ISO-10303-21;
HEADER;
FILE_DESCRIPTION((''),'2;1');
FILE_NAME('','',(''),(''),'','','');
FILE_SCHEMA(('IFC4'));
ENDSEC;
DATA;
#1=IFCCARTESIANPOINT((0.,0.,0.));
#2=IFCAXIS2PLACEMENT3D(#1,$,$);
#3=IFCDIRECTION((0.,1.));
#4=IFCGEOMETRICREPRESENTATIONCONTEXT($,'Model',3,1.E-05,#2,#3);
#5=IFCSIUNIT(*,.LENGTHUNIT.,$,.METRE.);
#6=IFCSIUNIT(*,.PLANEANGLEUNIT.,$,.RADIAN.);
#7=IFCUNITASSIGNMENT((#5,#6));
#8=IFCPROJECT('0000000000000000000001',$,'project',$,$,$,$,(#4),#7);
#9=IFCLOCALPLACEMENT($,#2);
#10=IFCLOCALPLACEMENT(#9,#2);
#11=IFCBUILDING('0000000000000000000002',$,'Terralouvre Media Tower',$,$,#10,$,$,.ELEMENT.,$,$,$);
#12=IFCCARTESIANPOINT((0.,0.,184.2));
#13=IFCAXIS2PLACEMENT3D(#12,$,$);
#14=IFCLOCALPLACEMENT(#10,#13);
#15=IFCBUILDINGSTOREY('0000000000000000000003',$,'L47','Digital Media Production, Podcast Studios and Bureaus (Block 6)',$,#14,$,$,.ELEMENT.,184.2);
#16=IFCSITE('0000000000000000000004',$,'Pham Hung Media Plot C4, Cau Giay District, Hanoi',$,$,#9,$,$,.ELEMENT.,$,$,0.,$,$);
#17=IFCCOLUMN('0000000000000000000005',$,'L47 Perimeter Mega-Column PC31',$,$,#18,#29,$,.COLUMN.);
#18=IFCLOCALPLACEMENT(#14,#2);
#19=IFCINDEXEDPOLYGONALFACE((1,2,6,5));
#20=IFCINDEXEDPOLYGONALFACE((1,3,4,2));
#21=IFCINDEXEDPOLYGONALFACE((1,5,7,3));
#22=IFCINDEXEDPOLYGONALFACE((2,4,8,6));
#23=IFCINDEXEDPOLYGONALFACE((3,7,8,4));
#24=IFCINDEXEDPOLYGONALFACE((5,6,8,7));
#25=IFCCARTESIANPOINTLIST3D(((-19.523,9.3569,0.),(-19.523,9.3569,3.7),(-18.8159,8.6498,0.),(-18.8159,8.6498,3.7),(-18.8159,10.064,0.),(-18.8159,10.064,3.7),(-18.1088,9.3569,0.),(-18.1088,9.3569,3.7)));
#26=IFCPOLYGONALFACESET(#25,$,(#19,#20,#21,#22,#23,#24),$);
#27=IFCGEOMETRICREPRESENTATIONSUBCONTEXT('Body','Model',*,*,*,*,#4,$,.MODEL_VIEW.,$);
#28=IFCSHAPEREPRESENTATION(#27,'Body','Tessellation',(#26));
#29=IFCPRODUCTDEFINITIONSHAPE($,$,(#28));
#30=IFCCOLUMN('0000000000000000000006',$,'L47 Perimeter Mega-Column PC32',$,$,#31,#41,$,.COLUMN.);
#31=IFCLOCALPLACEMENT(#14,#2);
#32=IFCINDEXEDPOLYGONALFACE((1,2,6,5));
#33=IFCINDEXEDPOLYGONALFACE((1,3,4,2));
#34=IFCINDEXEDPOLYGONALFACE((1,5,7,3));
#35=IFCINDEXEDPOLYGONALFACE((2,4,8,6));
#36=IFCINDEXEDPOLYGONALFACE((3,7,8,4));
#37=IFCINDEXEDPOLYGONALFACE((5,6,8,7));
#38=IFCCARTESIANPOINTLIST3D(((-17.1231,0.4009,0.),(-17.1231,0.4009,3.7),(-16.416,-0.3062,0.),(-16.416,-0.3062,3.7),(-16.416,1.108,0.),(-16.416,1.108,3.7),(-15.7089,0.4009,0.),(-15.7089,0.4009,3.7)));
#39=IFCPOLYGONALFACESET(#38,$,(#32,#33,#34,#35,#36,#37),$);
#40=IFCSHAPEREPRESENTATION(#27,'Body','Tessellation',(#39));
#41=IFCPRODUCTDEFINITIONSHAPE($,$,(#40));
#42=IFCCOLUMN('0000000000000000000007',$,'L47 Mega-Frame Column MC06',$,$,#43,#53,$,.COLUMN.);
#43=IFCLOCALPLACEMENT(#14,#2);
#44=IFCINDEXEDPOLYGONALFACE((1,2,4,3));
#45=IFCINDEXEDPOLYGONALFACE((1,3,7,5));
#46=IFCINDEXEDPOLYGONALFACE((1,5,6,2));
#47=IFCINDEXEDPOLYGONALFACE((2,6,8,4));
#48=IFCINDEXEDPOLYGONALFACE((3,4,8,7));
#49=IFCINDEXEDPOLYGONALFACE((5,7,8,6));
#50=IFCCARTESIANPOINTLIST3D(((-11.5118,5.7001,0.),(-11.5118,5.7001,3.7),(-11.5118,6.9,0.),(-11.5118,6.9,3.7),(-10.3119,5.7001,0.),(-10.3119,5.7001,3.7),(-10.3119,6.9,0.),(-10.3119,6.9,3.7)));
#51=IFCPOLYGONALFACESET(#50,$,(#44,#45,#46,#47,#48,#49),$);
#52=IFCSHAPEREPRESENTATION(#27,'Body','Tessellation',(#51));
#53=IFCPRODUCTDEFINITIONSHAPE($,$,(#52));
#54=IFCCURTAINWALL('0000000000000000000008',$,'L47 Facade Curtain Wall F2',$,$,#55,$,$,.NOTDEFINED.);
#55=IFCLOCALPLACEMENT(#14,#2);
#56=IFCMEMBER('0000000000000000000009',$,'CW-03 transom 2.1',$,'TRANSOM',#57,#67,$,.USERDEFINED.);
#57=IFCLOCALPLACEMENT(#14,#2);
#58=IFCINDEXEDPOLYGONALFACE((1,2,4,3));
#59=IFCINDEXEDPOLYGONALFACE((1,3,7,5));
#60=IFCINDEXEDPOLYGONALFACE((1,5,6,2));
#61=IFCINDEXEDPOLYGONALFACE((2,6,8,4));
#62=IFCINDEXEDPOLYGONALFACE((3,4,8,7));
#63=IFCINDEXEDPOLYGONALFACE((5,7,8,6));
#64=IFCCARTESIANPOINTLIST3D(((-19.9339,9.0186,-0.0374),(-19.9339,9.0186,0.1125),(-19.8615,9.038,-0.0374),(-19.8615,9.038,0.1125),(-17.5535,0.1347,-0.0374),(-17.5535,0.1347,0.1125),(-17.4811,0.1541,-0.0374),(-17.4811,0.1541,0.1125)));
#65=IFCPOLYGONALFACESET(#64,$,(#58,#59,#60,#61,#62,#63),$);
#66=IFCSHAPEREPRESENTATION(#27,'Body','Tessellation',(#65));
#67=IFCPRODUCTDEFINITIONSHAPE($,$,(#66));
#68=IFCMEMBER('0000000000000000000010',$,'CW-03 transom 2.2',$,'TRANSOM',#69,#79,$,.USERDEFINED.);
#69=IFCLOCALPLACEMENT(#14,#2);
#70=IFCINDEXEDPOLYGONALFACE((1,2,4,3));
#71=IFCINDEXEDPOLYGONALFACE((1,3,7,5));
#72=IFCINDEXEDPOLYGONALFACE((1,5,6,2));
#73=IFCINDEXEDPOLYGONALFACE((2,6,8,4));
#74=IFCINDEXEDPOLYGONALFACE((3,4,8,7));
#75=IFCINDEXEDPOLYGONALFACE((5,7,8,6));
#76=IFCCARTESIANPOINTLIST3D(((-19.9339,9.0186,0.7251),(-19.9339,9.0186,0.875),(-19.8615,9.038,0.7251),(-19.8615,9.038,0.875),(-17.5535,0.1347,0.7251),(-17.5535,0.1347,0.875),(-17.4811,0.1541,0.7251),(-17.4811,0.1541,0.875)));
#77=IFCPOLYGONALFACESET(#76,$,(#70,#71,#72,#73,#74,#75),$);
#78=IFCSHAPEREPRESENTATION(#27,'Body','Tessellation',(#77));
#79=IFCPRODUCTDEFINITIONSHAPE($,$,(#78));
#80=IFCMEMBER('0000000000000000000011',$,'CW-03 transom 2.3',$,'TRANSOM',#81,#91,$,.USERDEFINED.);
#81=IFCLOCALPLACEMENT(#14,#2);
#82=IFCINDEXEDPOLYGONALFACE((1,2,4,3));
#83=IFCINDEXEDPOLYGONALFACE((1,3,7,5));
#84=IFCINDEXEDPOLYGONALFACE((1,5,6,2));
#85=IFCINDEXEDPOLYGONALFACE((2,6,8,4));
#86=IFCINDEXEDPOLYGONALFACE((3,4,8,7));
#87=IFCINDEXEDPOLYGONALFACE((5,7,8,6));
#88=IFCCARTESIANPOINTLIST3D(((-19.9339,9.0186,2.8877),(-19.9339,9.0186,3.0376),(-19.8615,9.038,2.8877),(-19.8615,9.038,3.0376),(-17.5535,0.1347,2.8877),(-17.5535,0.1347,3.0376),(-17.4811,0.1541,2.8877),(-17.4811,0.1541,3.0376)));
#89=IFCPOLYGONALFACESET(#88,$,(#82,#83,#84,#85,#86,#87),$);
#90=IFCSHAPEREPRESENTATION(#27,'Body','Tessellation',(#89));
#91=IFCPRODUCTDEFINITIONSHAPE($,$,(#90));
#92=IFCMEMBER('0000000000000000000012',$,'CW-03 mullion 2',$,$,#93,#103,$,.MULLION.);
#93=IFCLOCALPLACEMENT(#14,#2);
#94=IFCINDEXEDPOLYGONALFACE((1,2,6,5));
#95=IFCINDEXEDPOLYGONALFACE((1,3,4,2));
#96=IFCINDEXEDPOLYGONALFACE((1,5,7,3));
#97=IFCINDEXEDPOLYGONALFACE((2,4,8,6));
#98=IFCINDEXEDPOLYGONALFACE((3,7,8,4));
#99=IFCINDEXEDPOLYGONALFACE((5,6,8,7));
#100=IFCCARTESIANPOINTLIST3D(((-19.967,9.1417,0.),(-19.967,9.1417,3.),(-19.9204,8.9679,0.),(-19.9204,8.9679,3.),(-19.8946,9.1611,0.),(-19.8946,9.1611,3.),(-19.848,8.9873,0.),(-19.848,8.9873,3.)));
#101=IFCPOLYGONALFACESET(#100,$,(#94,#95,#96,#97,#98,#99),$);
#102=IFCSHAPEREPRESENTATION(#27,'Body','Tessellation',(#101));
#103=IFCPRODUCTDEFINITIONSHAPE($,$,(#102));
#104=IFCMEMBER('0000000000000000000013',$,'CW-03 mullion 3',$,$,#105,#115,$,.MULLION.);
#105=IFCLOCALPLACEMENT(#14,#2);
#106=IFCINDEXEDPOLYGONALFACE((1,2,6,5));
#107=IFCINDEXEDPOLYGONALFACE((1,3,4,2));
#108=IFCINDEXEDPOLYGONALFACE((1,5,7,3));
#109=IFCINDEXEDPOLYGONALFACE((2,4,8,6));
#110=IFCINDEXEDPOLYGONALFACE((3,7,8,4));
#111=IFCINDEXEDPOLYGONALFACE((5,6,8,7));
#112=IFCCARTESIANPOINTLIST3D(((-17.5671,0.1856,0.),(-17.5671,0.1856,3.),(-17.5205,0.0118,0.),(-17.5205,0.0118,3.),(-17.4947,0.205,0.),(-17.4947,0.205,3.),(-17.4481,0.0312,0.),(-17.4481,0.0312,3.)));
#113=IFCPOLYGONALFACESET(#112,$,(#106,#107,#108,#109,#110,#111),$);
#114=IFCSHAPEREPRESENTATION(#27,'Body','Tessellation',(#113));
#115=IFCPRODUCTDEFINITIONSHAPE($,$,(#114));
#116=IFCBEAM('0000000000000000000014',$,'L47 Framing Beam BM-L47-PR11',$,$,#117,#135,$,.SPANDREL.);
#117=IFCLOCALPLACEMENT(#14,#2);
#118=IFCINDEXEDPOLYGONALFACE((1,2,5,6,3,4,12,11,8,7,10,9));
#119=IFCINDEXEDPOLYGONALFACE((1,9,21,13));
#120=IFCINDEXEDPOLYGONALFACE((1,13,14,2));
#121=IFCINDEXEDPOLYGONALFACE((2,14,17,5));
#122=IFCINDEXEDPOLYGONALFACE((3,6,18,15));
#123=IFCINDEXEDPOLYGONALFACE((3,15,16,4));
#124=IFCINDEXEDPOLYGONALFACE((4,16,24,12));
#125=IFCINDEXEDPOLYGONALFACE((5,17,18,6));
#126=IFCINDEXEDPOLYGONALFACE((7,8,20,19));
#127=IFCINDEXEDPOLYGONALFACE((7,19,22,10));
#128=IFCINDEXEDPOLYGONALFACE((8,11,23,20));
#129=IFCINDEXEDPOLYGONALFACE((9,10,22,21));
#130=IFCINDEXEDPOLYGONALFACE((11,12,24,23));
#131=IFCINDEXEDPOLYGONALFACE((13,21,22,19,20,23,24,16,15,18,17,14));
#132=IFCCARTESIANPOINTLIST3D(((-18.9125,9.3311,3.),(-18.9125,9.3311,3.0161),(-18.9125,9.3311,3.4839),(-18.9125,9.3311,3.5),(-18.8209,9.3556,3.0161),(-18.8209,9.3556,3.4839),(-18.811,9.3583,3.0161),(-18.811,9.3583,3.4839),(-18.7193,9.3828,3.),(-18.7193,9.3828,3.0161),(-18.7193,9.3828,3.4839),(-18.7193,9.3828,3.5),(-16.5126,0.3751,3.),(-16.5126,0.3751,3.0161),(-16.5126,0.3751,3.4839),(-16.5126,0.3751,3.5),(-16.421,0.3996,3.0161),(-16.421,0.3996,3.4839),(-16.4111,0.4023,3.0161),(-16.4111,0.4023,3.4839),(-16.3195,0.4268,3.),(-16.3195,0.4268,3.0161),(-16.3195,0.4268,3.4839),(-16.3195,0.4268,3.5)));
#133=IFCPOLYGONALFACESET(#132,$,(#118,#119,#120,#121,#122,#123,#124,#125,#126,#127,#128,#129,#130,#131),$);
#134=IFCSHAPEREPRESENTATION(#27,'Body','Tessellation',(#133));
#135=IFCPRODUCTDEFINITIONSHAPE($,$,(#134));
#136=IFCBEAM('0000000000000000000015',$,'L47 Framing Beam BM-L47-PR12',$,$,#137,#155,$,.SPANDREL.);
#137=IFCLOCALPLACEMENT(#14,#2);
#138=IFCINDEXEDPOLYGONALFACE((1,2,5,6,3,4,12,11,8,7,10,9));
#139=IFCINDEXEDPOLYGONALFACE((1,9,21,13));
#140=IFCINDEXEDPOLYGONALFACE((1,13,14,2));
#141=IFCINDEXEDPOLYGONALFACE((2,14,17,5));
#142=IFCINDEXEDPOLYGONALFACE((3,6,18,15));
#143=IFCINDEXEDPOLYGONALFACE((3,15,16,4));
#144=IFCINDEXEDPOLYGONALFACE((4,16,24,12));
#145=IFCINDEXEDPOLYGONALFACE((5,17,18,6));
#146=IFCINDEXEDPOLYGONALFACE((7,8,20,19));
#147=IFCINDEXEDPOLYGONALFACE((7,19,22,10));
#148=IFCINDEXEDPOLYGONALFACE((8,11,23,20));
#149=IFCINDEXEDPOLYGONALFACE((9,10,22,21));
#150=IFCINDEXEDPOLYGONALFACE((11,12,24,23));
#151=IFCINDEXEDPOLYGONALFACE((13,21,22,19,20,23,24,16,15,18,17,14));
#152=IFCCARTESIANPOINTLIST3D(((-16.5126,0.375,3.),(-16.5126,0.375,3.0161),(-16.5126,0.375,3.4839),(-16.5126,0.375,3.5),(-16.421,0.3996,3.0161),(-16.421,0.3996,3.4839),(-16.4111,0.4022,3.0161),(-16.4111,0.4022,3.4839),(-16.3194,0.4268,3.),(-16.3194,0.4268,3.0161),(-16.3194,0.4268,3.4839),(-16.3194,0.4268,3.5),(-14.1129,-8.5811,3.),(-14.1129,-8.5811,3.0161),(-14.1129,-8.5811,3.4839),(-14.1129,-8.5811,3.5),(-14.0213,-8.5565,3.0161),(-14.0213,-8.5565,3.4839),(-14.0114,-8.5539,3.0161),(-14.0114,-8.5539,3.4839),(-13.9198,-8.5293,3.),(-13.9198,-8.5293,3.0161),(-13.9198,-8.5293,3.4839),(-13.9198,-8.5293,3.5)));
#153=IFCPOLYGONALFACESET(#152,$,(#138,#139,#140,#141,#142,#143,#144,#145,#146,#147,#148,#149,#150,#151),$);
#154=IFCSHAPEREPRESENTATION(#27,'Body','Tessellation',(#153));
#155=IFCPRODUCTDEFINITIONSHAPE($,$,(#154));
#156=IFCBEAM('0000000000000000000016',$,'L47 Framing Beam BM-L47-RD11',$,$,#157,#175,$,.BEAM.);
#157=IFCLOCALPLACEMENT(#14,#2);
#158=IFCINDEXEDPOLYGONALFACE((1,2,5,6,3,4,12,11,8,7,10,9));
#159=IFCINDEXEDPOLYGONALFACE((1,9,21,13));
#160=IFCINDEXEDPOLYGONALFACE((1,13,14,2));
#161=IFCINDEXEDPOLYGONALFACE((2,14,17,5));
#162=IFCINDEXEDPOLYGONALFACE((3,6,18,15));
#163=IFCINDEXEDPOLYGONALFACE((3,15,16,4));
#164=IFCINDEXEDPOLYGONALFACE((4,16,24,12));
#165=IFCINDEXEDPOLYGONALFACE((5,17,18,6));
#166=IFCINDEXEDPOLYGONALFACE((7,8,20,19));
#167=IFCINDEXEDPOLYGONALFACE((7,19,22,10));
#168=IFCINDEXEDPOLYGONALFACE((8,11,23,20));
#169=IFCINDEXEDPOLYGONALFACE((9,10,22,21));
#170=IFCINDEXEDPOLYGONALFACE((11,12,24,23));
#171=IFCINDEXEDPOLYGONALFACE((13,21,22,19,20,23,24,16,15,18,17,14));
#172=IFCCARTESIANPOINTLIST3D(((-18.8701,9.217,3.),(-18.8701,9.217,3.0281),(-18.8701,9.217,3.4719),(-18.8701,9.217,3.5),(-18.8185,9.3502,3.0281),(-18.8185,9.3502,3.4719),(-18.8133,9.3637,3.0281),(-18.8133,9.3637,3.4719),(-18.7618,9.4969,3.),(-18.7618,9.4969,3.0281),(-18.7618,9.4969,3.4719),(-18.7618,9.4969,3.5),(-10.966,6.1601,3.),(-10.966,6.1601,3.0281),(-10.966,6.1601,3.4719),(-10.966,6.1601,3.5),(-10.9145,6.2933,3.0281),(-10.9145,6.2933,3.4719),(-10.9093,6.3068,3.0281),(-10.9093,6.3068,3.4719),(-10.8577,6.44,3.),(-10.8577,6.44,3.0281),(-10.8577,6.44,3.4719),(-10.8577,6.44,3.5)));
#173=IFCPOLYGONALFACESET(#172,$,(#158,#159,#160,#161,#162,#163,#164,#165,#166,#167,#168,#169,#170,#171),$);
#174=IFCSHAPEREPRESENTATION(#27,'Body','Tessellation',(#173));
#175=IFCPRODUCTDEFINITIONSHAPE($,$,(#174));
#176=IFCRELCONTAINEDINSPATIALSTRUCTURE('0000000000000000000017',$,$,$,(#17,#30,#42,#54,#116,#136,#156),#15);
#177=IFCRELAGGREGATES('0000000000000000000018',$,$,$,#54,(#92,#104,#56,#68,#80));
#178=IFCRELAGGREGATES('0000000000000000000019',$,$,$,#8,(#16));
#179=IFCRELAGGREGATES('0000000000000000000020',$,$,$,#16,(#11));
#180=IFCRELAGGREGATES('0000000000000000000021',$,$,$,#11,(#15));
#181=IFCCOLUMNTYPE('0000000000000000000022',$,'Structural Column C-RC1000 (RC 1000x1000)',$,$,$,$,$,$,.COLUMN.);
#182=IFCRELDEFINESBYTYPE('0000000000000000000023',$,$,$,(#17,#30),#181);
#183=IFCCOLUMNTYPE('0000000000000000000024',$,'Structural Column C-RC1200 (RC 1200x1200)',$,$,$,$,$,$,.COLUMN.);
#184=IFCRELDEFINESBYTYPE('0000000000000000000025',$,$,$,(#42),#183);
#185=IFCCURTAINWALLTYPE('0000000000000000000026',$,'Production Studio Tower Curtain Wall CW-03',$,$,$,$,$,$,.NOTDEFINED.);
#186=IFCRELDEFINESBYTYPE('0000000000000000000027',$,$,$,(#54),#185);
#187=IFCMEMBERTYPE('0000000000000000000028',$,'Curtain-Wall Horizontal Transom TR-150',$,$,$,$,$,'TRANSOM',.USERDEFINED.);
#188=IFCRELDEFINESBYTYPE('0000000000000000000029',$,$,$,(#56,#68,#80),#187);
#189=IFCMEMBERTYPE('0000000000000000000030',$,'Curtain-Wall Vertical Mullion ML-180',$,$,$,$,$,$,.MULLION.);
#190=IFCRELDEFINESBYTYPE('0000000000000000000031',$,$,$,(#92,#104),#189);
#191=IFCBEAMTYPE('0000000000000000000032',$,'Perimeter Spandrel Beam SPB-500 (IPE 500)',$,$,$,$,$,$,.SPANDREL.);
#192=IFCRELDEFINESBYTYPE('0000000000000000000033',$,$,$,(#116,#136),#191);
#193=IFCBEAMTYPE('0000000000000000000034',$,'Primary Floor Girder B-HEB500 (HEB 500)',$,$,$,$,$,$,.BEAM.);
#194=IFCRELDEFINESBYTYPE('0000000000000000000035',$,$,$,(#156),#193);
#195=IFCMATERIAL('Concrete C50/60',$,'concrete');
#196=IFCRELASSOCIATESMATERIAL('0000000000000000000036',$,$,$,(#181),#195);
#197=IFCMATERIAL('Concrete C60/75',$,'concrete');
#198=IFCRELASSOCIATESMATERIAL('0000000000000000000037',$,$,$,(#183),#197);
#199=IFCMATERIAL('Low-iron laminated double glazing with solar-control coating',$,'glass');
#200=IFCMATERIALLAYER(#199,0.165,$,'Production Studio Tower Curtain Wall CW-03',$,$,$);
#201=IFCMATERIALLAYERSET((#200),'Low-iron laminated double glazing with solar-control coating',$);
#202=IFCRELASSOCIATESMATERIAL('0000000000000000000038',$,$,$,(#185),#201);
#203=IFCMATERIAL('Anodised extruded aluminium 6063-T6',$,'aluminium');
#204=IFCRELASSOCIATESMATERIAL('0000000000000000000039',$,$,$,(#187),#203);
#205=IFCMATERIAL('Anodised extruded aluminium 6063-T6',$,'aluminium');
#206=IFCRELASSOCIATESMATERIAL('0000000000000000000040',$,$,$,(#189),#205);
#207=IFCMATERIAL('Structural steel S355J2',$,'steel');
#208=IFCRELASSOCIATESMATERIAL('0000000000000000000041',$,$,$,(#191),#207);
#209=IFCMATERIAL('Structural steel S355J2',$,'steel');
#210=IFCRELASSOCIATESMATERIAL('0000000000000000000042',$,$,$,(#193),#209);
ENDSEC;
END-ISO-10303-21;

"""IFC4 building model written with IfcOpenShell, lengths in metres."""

from ifc_helpers import new_model, si_unit, direction, frame, origin, origin_2d, place, context, subcontext, project, spatial, rectangle, i_section, extrude, material, layer, layer_set, material_profile, profile_set, type_object, element, aggregate, save


model = new_model("IFC4")

# Units and contexts
model_context = context("Model", 3, precision=1e-05, world=origin(), true_north=direction((0.0, 1.0)))
body_context = subcontext(model_context, "Body", "Model", "MODEL_VIEW")
ifc_project = project(units=[si_unit("LENGTHUNIT", "METRE"), si_unit("PLANEANGLEUNIT", "RADIAN")], contexts=[model_context])

# Site, building, storey
site_placement = place(None, origin())
site = spatial("IfcSite", under=ifc_project, at=site_placement, Name="Pham Hung Media Plot C4, Cau Giay District, Hanoi", CompositionType="ELEMENT", RefElevation=0.0)
building_placement = place(site_placement, origin())
building = spatial("IfcBuilding", under=site, at=building_placement, Name="Terralouvre Media Tower", CompositionType="ELEMENT")
storey_placement = place(building_placement, frame((0.0, 0.0, 184.2)))
storey = spatial("IfcBuildingStorey", under=building, at=storey_placement, Name="L47", Description="Digital Media Production, Podcast Studios and Bureaus (Block 6)", CompositionType="ELEMENT", Elevation=184.2)

# Columns
ifc_material_1 = material(Name="Concrete C50/60", Category="concrete")
ifc_material_profile_1 = material_profile(ifc_material_1, rectangle(XDim=1.0, YDim=1.0, at=origin_2d()), Name="RC 1000x1000")
ifc_profile_set_1 = profile_set([ifc_material_profile_1], Name="Concrete C50/60")
column_type_1 = type_object("IfcColumnType", Name="Structural Column C-RC1000 (RC 1000x1000)", PredefinedType="COLUMN", material=ifc_profile_set_1)
for number, where, z_axis, x_axis, name in (
    (1, (-18.8159, 9.3569, 0.0), (0.0, 0.0, 1.0), (0.707107, 0.707107, 0.0), "L47 Perimeter Mega-Column PC31"),
    (2, (-16.416, 0.4009, 0.0), (0.0, 0.0, 1.0), (0.707107, 0.707107, 0.0), "L47 Perimeter Mega-Column PC32"),
):
    element("IfcColumn", number, at=place(storey_placement, frame(where, z_axis=z_axis, x_axis=x_axis)), inside=storey, type_object=column_type_1, Name=name, PredefinedType="COLUMN", context=body_context, shape_type="SweptSolid", body=[
        extrude(rectangle(XDim=1.0, YDim=1.0, at=origin_2d()), origin(), (0.0, 0.0, 1.0), 3.7),
    ])
ifc_material_2 = material(Name="Concrete C60/75", Category="concrete")
ifc_material_profile_2 = material_profile(ifc_material_2, rectangle(XDim=1.2, YDim=1.2, at=origin_2d()), Name="RC 1200x1200")
ifc_profile_set_2 = profile_set([ifc_material_profile_2], Name="Concrete C60/75")
column_type_2 = type_object("IfcColumnType", Name="Structural Column C-RC1200 (RC 1200x1200)", PredefinedType="COLUMN", material=ifc_profile_set_2)
column_placement = place(storey_placement, frame((-10.9119, 6.3, 0.0), z_axis=(0.0, 0.0, 1.0), x_axis=(1.0, 0.0, 0.0)))
element("IfcColumn", 3, at=column_placement, inside=storey, type_object=column_type_2, Name="L47 Mega-Frame Column MC06", PredefinedType="COLUMN", context=body_context, shape_type="SweptSolid", body=[
    extrude(rectangle(XDim=1.2, YDim=1.2, at=origin_2d()), origin(), (0.0, 0.0, 1.0), 3.7),
])

# Curtain wall, members
ifc_material_3 = material(Name="Low-iron laminated double glazing with solar-control coating", Category="glass")
ifc_layer_1 = layer(ifc_material_3, 0.165, Name="Production Studio Tower Curtain Wall CW-03")
ifc_layer_set_1 = layer_set([ifc_layer_1], Name="Low-iron laminated double glazing with solar-control coating")
curtain_wall_type = type_object("IfcCurtainWallType", Name="Production Studio Tower Curtain Wall CW-03", PredefinedType="NOTDEFINED", material=ifc_layer_set_1)
curtain_wall_placement = place(storey_placement, origin())
curtain_wall = element("IfcCurtainWall", 4, at=curtain_wall_placement, inside=storey, type_object=curtain_wall_type, Name="L47 Facade Curtain Wall F2", PredefinedType="NOTDEFINED")
ifc_material_4 = material(Name="Anodised extruded aluminium 6063-T6", Category="aluminium")
ifc_material_profile_3 = material_profile(ifc_material_4, rectangle(XDim=0.075, YDim=0.1499, at=origin_2d()), Name="ALU 75x150")
ifc_profile_set_3 = profile_set([ifc_material_profile_3], Name="Anodised extruded aluminium 6063-T6")
member_type_1 = type_object("IfcMemberType", Name="Curtain-Wall Horizontal Transom TR-150", ElementType="TRANSOM", PredefinedType="USERDEFINED", material=ifc_profile_set_3)
member_1_placement = place(storey_placement, frame((-19.8977, 9.0283, 0.0376), z_axis=(0.258816, -0.965927, 0.0), x_axis=(0.965927, 0.258816, 0.0)))
member_1 = element("IfcMember", 5, at=member_1_placement, type_object=member_type_1, Name="CW-03 transom 2.1", ObjectType="TRANSOM", PredefinedType="USERDEFINED", context=body_context, shape_type="SweptSolid", body=[
    extrude(rectangle(XDim=0.075, YDim=0.1499, at=origin_2d()), origin(), (0.0, 0.0, 1.0), 9.1973),
])
member_2_placement = place(storey_placement, frame((-19.8977, 9.0283, 0.8), z_axis=(0.258816, -0.965927, 0.0), x_axis=(0.965927, 0.258816, 0.0)))
member_2 = element("IfcMember", 6, at=member_2_placement, type_object=member_type_1, Name="CW-03 transom 2.2", ObjectType="TRANSOM", PredefinedType="USERDEFINED", context=body_context, shape_type="SweptSolid", body=[
    extrude(rectangle(XDim=0.075, YDim=0.1499, at=origin_2d()), origin(), (0.0, 0.0, 1.0), 9.1973),
])
member_3_placement = place(storey_placement, frame((-19.8977, 9.0283, 2.9626), z_axis=(0.258816, -0.965927, 0.0), x_axis=(0.965927, 0.258816, 0.0)))
member_3 = element("IfcMember", 7, at=member_3_placement, type_object=member_type_1, Name="CW-03 transom 2.3", ObjectType="TRANSOM", PredefinedType="USERDEFINED", context=body_context, shape_type="SweptSolid", body=[
    extrude(rectangle(XDim=0.075, YDim=0.1499, at=origin_2d()), origin(), (0.0, 0.0, 1.0), 9.1973),
])
ifc_material_5 = material(Name="Anodised extruded aluminium 6063-T6", Category="aluminium")
ifc_material_profile_4 = material_profile(ifc_material_5, rectangle(XDim=0.075, YDim=0.1799, at=origin_2d()), Name="ALU 75x180")
ifc_profile_set_4 = profile_set([ifc_material_profile_4], Name="Anodised extruded aluminium 6063-T6")
member_type_2 = type_object("IfcMemberType", Name="Curtain-Wall Vertical Mullion ML-180", PredefinedType="MULLION", material=ifc_profile_set_4)
member_4_placement = place(storey_placement, frame((-19.9075, 9.0645, 0.0), z_axis=(0.0, 0.0, 1.0), x_axis=(0.965926, 0.258819, 0.0)))
member_4 = element("IfcMember", 8, at=member_4_placement, type_object=member_type_2, Name="CW-03 mullion 2", PredefinedType="MULLION", context=body_context, shape_type="SweptSolid", body=[
    extrude(rectangle(XDim=0.075, YDim=0.1799, at=origin_2d()), origin(), (0.0, 0.0, 1.0), 3.0),
])
member_5_placement = place(storey_placement, frame((-17.5076, 0.1084, 0.0), z_axis=(0.0, 0.0, 1.0), x_axis=(0.965926, 0.258819, 0.0)))
member_5 = element("IfcMember", 9, at=member_5_placement, type_object=member_type_2, Name="CW-03 mullion 3", PredefinedType="MULLION", context=body_context, shape_type="SweptSolid", body=[
    extrude(rectangle(XDim=0.075, YDim=0.1799, at=origin_2d()), origin(), (0.0, 0.0, 1.0), 3.0),
])

# Beams
ifc_material_6 = material(Name="Structural steel S355J2", Category="steel")
ifc_material_profile_5 = material_profile(ifc_material_6, i_section(OverallWidth=0.2, OverallDepth=0.5, WebThickness=0.0103, FlangeThickness=0.0161, at=origin_2d()), Name="IPE 500")
ifc_profile_set_5 = profile_set([ifc_material_profile_5], Name="Structural steel S355J2")
beam_type_1 = type_object("IfcBeamType", Name="Perimeter Spandrel Beam SPB-500 (IPE 500)", PredefinedType="SPANDREL", material=ifc_profile_set_5)
for number, where, z_axis, x_axis, name in (
    (10, (-18.8159, 9.3569, 3.25), (0.258833, -0.965922, 0.0), (0.965922, 0.258833, 0.0), "L47 Framing Beam BM-L47-PR11"),
    (11, (-16.416, 0.4009, 3.25), (0.258808, -0.965929, 0.0), (0.965929, 0.258808, 0.0), "L47 Framing Beam BM-L47-PR12"),
):
    element("IfcBeam", number, at=place(storey_placement, frame(where, z_axis=z_axis, x_axis=x_axis)), inside=storey, type_object=beam_type_1, Name=name, PredefinedType="SPANDREL", context=body_context, shape_type="SweptSolid", body=[
        extrude(i_section(OverallWidth=0.2, OverallDepth=0.5, WebThickness=0.0103, FlangeThickness=0.0161, at=origin_2d()), origin(), (0.0, 0.0, 1.0), 9.272),
    ])
ifc_material_7 = material(Name="Structural steel S355J2", Category="steel")
ifc_material_profile_6 = material_profile(ifc_material_7, i_section(OverallWidth=0.3, OverallDepth=0.5, WebThickness=0.0144, FlangeThickness=0.0281, at=origin_2d()), Name="HEB 500")
ifc_profile_set_6 = profile_set([ifc_material_profile_6], Name="Structural steel S355J2")
beam_type_2 = type_object("IfcBeamType", Name="Primary Floor Girder B-HEB500 (HEB 500)", PredefinedType="BEAM", material=ifc_profile_set_6)
beam_1_placement = place(storey_placement, frame((-10.9119, 6.3, 3.25), z_axis=(-0.932677, 0.360712, 0.0), x_axis=(-0.360712, -0.932677, 0.0)))
element("IfcBeam", 12, at=beam_1_placement, inside=storey, type_object=beam_type_2, Name="L47 Framing Beam BM-L47-RD11", PredefinedType="BEAM", context=body_context, shape_type="SweptSolid", body=[
    extrude(i_section(OverallWidth=0.3, OverallDepth=0.5, WebThickness=0.0144, FlangeThickness=0.0281, at=origin_2d()), origin(), (0.0, 0.0, 1.0), 8.4746),
])

aggregate(curtain_wall, [member_4, member_5, member_1, member_2, member_3])

save(model, "model.ifc")
